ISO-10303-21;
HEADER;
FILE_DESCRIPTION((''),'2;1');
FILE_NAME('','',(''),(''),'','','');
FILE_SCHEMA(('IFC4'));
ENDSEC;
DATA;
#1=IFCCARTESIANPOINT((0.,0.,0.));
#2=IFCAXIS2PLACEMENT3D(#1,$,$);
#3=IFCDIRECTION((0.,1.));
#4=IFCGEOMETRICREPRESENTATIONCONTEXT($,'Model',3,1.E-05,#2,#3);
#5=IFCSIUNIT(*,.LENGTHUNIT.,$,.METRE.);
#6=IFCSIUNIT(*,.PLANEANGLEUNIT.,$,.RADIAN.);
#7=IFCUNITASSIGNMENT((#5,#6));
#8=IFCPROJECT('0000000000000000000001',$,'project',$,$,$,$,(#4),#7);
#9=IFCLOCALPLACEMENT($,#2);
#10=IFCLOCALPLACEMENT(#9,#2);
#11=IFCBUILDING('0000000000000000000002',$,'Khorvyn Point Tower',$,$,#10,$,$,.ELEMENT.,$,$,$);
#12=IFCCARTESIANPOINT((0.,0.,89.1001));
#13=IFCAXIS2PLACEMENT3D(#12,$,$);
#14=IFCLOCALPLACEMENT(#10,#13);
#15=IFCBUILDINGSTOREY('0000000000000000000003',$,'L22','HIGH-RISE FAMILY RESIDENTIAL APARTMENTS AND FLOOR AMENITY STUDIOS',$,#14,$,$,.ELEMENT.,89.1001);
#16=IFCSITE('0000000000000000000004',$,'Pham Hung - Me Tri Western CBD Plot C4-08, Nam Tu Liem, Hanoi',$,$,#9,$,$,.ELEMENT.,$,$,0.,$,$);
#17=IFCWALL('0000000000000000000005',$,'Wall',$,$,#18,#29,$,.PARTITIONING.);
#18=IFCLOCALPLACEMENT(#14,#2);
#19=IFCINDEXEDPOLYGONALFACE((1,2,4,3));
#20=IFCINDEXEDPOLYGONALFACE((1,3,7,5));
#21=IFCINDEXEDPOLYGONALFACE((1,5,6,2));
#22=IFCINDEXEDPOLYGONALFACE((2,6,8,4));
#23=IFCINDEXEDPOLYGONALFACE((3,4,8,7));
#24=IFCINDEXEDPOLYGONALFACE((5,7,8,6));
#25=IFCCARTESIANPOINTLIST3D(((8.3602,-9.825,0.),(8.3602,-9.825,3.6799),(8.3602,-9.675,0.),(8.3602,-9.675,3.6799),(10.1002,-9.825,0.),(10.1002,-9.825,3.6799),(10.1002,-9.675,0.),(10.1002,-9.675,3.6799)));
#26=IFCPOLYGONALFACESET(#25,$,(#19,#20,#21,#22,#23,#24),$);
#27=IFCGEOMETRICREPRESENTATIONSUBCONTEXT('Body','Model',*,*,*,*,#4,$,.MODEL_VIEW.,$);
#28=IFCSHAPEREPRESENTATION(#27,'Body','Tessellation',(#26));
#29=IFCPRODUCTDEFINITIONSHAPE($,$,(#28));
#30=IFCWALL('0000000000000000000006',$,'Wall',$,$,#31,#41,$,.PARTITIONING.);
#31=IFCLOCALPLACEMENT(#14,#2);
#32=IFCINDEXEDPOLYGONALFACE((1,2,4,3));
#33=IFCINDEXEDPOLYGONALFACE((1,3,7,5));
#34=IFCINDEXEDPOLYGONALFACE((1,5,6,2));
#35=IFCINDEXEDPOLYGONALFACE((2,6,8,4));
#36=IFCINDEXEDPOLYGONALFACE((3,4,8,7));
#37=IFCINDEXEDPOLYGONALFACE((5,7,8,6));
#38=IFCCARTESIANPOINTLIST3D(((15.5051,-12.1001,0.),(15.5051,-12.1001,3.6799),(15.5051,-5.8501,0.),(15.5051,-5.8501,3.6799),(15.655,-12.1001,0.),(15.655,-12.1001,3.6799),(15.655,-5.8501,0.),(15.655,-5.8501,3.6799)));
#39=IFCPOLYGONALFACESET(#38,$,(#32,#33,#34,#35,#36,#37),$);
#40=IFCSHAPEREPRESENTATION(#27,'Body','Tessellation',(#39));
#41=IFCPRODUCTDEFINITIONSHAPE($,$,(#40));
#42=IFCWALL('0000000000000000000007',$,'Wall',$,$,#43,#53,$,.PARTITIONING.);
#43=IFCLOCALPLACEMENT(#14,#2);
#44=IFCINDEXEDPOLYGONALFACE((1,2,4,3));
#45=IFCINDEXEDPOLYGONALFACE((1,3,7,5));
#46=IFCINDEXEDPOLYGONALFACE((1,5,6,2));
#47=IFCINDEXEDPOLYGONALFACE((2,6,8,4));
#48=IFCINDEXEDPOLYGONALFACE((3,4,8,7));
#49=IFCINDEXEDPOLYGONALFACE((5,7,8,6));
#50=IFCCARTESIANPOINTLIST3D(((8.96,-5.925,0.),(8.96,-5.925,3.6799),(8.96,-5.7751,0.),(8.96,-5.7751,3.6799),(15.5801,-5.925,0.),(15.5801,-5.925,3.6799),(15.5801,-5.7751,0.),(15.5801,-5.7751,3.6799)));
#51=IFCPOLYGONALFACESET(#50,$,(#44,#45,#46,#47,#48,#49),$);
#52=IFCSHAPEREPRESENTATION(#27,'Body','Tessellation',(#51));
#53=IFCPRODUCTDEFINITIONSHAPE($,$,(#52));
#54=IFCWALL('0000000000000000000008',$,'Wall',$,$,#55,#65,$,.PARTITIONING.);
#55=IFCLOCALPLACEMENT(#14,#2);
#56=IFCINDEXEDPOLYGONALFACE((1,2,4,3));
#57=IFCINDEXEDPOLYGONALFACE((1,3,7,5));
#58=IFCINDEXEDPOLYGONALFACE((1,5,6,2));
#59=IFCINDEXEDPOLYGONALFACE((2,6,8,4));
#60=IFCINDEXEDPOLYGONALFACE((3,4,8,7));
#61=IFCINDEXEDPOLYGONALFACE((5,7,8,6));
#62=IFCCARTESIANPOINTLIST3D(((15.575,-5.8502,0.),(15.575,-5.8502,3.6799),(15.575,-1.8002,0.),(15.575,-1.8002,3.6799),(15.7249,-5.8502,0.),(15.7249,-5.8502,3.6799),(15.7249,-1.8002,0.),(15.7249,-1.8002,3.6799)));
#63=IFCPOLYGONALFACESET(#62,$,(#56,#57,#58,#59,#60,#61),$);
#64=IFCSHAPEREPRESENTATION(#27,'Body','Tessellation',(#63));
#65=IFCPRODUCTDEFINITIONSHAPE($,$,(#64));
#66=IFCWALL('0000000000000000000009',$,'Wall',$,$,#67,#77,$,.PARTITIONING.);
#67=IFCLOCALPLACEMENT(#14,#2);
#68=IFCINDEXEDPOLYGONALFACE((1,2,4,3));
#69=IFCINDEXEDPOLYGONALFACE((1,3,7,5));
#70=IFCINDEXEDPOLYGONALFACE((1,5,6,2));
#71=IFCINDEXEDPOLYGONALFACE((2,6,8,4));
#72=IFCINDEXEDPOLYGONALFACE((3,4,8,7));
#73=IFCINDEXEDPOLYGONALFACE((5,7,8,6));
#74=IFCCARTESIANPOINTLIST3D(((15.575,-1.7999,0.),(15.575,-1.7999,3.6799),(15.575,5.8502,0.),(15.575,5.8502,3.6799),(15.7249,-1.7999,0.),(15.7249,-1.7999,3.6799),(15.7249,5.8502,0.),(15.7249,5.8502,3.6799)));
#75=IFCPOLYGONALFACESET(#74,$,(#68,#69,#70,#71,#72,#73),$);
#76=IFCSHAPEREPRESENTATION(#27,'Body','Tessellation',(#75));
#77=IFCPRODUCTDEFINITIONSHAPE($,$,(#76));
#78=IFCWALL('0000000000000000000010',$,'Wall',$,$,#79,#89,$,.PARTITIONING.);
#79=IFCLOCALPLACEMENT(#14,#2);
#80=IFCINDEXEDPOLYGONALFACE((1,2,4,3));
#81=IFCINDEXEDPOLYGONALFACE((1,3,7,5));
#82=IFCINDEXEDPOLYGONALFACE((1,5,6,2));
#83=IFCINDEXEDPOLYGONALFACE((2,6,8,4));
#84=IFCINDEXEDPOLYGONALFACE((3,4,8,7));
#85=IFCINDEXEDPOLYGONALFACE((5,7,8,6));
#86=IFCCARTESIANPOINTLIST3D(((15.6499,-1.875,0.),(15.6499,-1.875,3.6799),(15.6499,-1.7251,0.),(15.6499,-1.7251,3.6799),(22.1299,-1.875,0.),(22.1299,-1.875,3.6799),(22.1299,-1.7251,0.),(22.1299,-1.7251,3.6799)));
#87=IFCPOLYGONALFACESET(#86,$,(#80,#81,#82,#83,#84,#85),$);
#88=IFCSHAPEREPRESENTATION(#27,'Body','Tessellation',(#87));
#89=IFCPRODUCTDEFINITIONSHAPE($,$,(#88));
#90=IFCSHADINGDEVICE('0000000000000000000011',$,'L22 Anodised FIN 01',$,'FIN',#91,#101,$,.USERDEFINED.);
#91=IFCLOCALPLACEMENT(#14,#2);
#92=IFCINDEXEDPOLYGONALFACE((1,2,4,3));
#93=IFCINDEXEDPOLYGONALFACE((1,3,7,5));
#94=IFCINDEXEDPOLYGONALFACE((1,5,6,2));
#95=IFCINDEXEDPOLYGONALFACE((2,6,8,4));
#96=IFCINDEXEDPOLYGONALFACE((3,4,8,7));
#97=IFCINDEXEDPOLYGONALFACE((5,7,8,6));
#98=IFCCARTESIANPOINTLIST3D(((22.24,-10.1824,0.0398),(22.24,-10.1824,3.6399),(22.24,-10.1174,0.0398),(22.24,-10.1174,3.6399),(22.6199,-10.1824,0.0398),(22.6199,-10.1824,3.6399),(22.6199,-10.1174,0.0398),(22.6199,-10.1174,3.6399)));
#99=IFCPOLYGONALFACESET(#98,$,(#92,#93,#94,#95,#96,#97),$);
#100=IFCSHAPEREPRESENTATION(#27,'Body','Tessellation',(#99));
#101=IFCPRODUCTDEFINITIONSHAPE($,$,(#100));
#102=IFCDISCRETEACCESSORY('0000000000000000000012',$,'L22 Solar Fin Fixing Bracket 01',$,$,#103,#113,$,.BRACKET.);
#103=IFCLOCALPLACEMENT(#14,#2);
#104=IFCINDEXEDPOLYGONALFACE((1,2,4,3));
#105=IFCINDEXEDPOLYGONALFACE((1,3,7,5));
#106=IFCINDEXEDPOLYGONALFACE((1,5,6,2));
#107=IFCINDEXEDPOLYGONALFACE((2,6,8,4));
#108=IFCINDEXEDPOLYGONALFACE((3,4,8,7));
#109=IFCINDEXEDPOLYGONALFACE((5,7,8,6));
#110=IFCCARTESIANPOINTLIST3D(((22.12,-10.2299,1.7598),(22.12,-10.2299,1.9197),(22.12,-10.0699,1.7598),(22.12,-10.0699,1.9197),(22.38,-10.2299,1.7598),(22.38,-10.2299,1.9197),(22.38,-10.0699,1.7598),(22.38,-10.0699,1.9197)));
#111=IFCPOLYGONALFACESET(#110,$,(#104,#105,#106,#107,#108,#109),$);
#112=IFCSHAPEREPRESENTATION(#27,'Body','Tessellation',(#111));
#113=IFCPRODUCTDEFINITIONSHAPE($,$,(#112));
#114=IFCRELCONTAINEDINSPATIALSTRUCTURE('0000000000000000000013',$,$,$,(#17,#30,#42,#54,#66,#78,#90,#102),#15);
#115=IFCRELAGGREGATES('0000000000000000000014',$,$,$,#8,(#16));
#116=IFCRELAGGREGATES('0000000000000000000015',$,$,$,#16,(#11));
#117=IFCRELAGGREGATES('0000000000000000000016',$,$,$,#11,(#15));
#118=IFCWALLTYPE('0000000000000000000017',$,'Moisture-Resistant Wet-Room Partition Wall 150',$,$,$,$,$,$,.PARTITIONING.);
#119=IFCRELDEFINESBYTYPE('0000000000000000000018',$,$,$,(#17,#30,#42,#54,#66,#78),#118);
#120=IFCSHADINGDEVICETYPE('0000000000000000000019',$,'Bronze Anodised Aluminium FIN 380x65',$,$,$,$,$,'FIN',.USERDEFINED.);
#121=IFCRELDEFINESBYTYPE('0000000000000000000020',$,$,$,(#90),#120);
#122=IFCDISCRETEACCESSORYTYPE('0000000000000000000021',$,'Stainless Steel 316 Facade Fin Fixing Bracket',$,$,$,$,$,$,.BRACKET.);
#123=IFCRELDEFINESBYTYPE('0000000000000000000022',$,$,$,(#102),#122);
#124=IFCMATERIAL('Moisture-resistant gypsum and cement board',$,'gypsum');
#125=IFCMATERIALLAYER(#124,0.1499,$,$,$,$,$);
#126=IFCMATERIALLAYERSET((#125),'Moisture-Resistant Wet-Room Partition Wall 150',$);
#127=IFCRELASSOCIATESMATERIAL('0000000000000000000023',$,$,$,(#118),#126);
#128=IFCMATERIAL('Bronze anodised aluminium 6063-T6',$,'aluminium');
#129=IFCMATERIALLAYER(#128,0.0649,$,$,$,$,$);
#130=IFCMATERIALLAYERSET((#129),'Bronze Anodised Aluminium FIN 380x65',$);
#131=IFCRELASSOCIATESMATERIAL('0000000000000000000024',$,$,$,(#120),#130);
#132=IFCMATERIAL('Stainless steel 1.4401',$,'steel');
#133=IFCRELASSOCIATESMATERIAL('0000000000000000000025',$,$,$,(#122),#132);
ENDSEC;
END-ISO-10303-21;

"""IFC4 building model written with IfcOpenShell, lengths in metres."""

from ifc_helpers import new_model, si_unit, direction, frame, frame_2d, origin, origin_2d, place, context, subcontext, project, spatial, rectangle, extrude, material, layer, layer_set, type_object, element, save


model = new_model("IFC4")

# Units and contexts
model_context = context("Model", 3, precision=1e-05, world=origin(), true_north=direction((0.0, 1.0)))
body_context = subcontext(model_context, "Body", "Model", "MODEL_VIEW")
ifc_project = project(units=[si_unit("LENGTHUNIT", "METRE"), si_unit("PLANEANGLEUNIT", "RADIAN")], contexts=[model_context])

# Site, building, storey
site_placement = place(None, origin())
site = spatial("IfcSite", under=ifc_project, at=site_placement, Name="Pham Hung - Me Tri Western CBD Plot C4-08, Nam Tu Liem, Hanoi", CompositionType="ELEMENT", RefElevation=0.0)
building_placement = place(site_placement, origin())
building = spatial("IfcBuilding", under=site, at=building_placement, Name="Khorvyn Point Tower", CompositionType="ELEMENT")
storey_placement = place(building_placement, frame((0.0, 0.0, 89.1001)))
storey = spatial("IfcBuildingStorey", under=building, at=storey_placement, Name="L22", Description="HIGH-RISE FAMILY RESIDENTIAL APARTMENTS AND FLOOR AMENITY STUDIOS", CompositionType="ELEMENT", Elevation=89.1001)

# Walls
ifc_material_1 = material(Name="Moisture-resistant gypsum and cement board", Category="gypsum")
ifc_layer_1 = layer(ifc_material_1, 0.1499)
ifc_layer_set_1 = layer_set([ifc_layer_1], Name="Moisture-Resistant Wet-Room Partition Wall 150")
wall_type_1 = type_object("IfcWallType", Name="Moisture-Resistant Wet-Room Partition Wall 150", PredefinedType="PARTITIONING", material=ifc_layer_set_1)
wall_1_placement = place(storey_placement, frame((8.3601, -9.75, 0.0), z_axis=(0.0, 0.0, 1.0), x_axis=(1.0, 0.0, 0.0)))
element("IfcWall", 1, at=wall_1_placement, inside=storey, type_object=wall_type_1, Name="Wall", PredefinedType="PARTITIONING", context=body_context, shape_type="SweptSolid", body=[
    extrude(rectangle(XDim=1.74, YDim=0.1499, at=frame_2d((0.8701, 0.0))), origin(), (0.0, 0.0, 1.0), 3.6799),
])
wall_2_placement = place(storey_placement, frame((15.5801, -12.1001, 0.0), z_axis=(0.0, 0.0, 1.0), x_axis=(0.0, 1.0, 0.0)))
element("IfcWall", 2, at=wall_2_placement, inside=storey, type_object=wall_type_1, Name="Wall", PredefinedType="PARTITIONING", context=body_context, shape_type="SweptSolid", body=[
    extrude(rectangle(XDim=6.25, YDim=0.1499, at=frame_2d((3.125, 0.0))), origin(), (0.0, 0.0, 1.0), 3.6799),
])
wall_3_placement = place(storey_placement, frame((8.96, -5.8501, 0.0), z_axis=(0.0, 0.0, 1.0), x_axis=(1.0, 0.0, 0.0)))
element("IfcWall", 3, at=wall_3_placement, inside=storey, type_object=wall_type_1, Name="Wall", PredefinedType="PARTITIONING", context=body_context, shape_type="SweptSolid", body=[
    extrude(rectangle(XDim=6.6201, YDim=0.1499, at=frame_2d((3.3101, 0.0))), origin(), (0.0, 0.0, 1.0), 3.6799),
])
wall_4_placement = place(storey_placement, frame((15.6499, -5.8501, 0.0), z_axis=(0.0, 0.0, 1.0), x_axis=(0.0, 1.0, 0.0)))
element("IfcWall", 4, at=wall_4_placement, inside=storey, type_object=wall_type_1, Name="Wall", PredefinedType="PARTITIONING", context=body_context, shape_type="SweptSolid", body=[
    extrude(rectangle(XDim=4.05, YDim=0.1499, at=frame_2d((2.0249, 0.0))), origin(), (0.0, 0.0, 1.0), 3.6799),
])
wall_5_placement = place(storey_placement, frame((15.6499, -1.8, 0.0), z_axis=(0.0, 0.0, 1.0), x_axis=(0.0, 1.0, 0.0)))
element("IfcWall", 5, at=wall_5_placement, inside=storey, type_object=wall_type_1, Name="Wall", PredefinedType="PARTITIONING", context=body_context, shape_type="SweptSolid", body=[
    extrude(rectangle(XDim=7.6501, YDim=0.1499, at=frame_2d((3.8252, 0.0))), origin(), (0.0, 0.0, 1.0), 3.6799),
])
wall_6_placement = place(storey_placement, frame((15.6499, -1.8, 0.0), z_axis=(0.0, 0.0, 1.0), x_axis=(1.0, 0.0, 0.0)))
element("IfcWall", 6, at=wall_6_placement, inside=storey, type_object=wall_type_1, Name="Wall", PredefinedType="PARTITIONING", context=body_context, shape_type="SweptSolid", body=[
    extrude(rectangle(XDim=6.48, YDim=0.1499, at=frame_2d((3.24, 0.0))), origin(), (0.0, 0.0, 1.0), 3.6799),
])

# Shading device
ifc_material_2 = material(Name="Bronze anodised aluminium 6063-T6", Category="aluminium")
ifc_layer_2 = layer(ifc_material_2, 0.0649)
ifc_layer_set_2 = layer_set([ifc_layer_2], Name="Bronze Anodised Aluminium FIN 380x65")
shading_device_type = type_object("IfcShadingDeviceType", Name="Bronze Anodised Aluminium FIN 380x65", ElementType="FIN", PredefinedType="USERDEFINED", material=ifc_layer_set_2)
shading_device_placement = place(storey_placement, frame((22.4299, -10.1499, 0.0398), z_axis=(0.0, 0.0, 1.0), x_axis=(1.0, 0.0, 0.0)))
element("IfcShadingDevice", 7, at=shading_device_placement, inside=storey, type_object=shading_device_type, Name="L22 Anodised FIN 01", ObjectType="FIN", PredefinedType="USERDEFINED", context=body_context, shape_type="SweptSolid", body=[
    extrude(rectangle(XDim=0.3799, YDim=0.0649, at=origin_2d()), origin(), (0.0, 0.0, 1.0), 3.6001),
])

# Discrete accessory
ifc_material_3 = material(Name="Stainless steel 1.4401", Category="steel")
discrete_accessory_type = type_object("IfcDiscreteAccessoryType", Name="Stainless Steel 316 Facade Fin Fixing Bracket", PredefinedType="BRACKET", material=ifc_material_3)
discrete_accessory_placement = place(storey_placement, frame((22.25, -10.1499, 1.7598), z_axis=(0.0, 0.0, 1.0), x_axis=(0.0, -1.0, 0.0)))
element("IfcDiscreteAccessory", 8, at=discrete_accessory_placement, inside=storey, type_object=discrete_accessory_type, Name="L22 Solar Fin Fixing Bracket 01", PredefinedType="BRACKET", context=body_context, shape_type="SweptSolid", body=[
    extrude(rectangle(XDim=0.1599, YDim=0.26, at=origin_2d()), origin(), (0.0, 0.0, 1.0), 0.1599),
])

save(model, "model.ifc")
